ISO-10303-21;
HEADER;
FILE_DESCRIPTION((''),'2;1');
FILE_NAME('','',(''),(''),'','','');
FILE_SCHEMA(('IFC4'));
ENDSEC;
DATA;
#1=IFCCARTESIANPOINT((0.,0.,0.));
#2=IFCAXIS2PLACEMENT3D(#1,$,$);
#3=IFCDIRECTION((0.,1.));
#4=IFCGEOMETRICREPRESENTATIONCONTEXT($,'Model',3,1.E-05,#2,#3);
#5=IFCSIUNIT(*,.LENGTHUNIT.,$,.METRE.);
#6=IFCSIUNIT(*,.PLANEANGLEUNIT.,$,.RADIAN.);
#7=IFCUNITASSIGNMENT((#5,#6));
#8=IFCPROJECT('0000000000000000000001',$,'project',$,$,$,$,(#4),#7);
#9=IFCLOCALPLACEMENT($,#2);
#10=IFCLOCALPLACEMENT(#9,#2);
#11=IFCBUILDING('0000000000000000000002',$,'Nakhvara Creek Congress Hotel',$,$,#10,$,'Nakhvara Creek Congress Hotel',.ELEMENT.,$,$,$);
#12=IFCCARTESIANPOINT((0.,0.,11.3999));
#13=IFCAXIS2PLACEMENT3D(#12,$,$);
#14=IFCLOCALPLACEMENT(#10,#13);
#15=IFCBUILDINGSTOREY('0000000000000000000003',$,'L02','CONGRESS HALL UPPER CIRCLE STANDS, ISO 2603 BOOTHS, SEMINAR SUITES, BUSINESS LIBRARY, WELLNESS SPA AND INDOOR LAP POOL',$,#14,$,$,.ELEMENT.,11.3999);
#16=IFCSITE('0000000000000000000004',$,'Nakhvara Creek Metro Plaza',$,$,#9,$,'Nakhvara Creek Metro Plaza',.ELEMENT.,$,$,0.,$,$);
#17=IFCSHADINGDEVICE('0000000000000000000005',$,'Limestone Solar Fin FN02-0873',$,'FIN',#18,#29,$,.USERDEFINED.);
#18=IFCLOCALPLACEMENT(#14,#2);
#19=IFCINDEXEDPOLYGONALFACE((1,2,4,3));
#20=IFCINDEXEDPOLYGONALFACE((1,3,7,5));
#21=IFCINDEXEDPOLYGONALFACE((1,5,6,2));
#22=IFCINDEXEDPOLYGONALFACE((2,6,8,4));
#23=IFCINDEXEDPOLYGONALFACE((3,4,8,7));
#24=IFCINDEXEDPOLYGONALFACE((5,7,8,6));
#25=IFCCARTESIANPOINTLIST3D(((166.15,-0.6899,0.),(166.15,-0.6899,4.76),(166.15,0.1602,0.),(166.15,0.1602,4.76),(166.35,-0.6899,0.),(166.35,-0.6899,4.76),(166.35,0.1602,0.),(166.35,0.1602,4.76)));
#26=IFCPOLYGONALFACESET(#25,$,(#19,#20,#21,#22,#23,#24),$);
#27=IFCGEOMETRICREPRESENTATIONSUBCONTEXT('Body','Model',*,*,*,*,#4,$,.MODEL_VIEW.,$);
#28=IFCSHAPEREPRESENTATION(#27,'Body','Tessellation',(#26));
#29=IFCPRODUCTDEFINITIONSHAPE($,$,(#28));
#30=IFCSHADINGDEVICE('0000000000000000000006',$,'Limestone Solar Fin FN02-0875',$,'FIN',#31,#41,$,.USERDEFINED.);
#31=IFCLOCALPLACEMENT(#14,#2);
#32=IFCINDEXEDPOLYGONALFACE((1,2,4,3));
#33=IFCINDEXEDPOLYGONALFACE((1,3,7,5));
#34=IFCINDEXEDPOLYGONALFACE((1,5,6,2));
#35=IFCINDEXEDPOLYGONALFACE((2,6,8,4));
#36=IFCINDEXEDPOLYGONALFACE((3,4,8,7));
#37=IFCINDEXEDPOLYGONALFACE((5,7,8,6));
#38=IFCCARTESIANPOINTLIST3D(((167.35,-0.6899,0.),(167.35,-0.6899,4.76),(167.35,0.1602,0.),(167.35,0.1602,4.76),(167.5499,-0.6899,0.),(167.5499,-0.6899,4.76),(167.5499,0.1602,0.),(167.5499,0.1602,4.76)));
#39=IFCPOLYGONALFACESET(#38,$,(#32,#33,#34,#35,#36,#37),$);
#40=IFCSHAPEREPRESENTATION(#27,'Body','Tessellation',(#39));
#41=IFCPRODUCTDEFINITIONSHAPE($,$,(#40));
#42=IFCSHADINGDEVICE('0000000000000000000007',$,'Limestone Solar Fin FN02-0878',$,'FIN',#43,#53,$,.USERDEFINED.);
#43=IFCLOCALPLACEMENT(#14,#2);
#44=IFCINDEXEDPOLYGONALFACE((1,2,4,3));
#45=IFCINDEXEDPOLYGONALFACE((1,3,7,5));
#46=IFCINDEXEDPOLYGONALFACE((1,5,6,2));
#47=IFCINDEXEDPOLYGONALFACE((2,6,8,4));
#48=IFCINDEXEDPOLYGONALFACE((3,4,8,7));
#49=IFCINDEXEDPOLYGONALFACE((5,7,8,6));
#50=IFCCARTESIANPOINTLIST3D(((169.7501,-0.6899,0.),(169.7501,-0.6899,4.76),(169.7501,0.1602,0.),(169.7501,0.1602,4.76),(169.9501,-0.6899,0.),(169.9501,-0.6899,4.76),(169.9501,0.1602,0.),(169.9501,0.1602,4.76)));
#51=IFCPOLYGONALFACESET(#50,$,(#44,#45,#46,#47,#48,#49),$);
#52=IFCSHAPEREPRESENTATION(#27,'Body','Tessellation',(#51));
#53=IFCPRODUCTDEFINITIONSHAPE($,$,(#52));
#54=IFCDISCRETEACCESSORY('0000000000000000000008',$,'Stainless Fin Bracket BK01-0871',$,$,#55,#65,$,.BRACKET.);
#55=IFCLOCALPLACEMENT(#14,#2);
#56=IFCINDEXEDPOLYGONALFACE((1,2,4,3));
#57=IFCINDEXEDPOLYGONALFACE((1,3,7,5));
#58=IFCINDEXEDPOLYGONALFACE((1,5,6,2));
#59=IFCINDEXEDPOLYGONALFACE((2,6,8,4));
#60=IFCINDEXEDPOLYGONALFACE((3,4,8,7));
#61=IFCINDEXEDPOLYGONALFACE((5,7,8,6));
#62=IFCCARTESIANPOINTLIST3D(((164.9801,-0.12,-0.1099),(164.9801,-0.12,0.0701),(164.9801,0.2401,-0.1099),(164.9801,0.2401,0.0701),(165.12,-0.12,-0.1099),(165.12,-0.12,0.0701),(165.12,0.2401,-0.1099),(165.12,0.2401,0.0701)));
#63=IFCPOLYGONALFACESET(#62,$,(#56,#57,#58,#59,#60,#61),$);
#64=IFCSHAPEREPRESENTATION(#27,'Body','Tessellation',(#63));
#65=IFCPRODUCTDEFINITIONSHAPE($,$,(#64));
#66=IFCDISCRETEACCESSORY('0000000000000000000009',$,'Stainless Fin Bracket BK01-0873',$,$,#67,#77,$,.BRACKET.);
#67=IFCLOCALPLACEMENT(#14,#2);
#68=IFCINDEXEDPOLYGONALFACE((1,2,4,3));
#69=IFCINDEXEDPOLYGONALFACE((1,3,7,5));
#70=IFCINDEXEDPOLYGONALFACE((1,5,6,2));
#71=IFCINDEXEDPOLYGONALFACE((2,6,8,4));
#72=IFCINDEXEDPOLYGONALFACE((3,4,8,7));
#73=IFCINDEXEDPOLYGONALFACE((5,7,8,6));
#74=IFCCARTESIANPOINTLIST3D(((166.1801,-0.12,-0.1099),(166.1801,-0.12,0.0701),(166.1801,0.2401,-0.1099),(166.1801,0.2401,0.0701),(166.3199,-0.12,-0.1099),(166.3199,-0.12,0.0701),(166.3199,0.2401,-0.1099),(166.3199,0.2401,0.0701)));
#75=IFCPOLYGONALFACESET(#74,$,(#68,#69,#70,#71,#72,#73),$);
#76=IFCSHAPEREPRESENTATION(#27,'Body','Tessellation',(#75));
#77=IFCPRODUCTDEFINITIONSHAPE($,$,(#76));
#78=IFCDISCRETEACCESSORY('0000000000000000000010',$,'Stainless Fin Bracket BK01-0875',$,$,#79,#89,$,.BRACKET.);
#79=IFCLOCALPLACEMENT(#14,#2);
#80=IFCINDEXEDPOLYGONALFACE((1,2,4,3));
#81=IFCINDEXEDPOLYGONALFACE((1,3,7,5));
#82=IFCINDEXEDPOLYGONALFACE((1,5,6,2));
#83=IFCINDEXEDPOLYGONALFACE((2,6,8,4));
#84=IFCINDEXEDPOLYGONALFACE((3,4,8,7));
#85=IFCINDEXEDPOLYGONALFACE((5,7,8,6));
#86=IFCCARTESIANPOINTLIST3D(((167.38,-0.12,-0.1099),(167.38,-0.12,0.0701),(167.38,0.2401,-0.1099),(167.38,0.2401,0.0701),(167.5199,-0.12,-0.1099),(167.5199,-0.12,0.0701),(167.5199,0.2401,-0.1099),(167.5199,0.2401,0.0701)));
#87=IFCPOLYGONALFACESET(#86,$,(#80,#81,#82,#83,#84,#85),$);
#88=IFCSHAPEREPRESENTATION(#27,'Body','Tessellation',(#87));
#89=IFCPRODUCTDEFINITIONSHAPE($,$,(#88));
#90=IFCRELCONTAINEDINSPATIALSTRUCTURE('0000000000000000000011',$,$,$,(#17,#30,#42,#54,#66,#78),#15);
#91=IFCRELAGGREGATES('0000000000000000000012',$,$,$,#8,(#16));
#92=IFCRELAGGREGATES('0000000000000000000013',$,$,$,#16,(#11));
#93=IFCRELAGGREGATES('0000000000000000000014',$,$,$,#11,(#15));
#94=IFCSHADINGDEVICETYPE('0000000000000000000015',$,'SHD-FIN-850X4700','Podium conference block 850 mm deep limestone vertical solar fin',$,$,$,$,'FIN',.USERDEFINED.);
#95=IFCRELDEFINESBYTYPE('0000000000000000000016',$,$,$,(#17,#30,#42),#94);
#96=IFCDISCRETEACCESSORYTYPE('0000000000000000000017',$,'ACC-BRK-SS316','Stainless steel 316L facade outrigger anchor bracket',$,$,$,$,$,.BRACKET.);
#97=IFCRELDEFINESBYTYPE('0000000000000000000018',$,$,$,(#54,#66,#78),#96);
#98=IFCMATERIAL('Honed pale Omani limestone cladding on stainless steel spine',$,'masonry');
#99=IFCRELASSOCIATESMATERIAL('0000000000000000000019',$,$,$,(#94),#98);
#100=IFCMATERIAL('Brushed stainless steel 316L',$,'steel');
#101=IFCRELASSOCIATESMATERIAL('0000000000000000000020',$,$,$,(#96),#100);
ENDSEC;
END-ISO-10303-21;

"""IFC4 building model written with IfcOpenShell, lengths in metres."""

from ifc_helpers import new_model, si_unit, direction, frame, origin, origin_2d, place, context, subcontext, project, spatial, rectangle, extrude, material, type_object, element, save


model = new_model("IFC4")

# Units and contexts
model_context = context("Model", 3, precision=1e-05, world=origin(), true_north=direction((0.0, 1.0)))
body_context = subcontext(model_context, "Body", "Model", "MODEL_VIEW")
ifc_project = project(units=[si_unit("LENGTHUNIT", "METRE"), si_unit("PLANEANGLEUNIT", "RADIAN")], contexts=[model_context])

# Site, building, storey
site_placement = place(None, origin())
site = spatial("IfcSite", under=ifc_project, at=site_placement, Name="Nakhvara Creek Metro Plaza", LongName="Nakhvara Creek Metro Plaza", CompositionType="ELEMENT", RefElevation=0.0)
building_placement = place(site_placement, origin())
building = spatial("IfcBuilding", under=site, at=building_placement, Name="Nakhvara Creek Congress Hotel", LongName="Nakhvara Creek Congress Hotel", CompositionType="ELEMENT")
storey_placement = place(building_placement, frame((0.0, 0.0, 11.3999)))
storey = spatial("IfcBuildingStorey", under=building, at=storey_placement, Name="L02", Description="CONGRESS HALL UPPER CIRCLE STANDS, ISO 2603 BOOTHS, SEMINAR SUITES, BUSINESS LIBRARY, WELLNESS SPA AND INDOOR LAP POOL", CompositionType="ELEMENT", Elevation=11.3999)

# Shading devices
ifc_material_1 = material(Name="Honed pale Omani limestone cladding on stainless steel spine", Category="masonry")
shading_device_type = type_object("IfcShadingDeviceType", Name="SHD-FIN-850X4700", Description="Podium conference block 850 mm deep limestone vertical solar fin", ElementType="FIN", PredefinedType="USERDEFINED", material=ifc_material_1)
for number, where, z_axis, x_axis, name in (
    (1, (166.25, -0.2649, 0.0), (0.0, 0.0, 1.0), (1.0, 0.0, 0.0), "Limestone Solar Fin FN02-0873"),
    (2, (167.45, -0.2649, 0.0), (0.0, 0.0, 1.0), (1.0, 0.0, 0.0), "Limestone Solar Fin FN02-0875"),
    (3, (169.8501, -0.2649, 0.0), (0.0, 0.0, 1.0), (1.0, 0.0, 0.0), "Limestone Solar Fin FN02-0878"),
):
    element("IfcShadingDevice", number, at=place(storey_placement, frame(where, z_axis=z_axis, x_axis=x_axis)), inside=storey, type_object=shading_device_type, Name=name, ObjectType="FIN", PredefinedType="USERDEFINED", context=body_context, shape_type="SweptSolid", body=[
        extrude(rectangle(XDim=0.2, YDim=0.8501, at=origin_2d()), origin(), (0.0, 0.0, 1.0), 4.76),
    ])

# Discrete accessories
ifc_material_2 = material(Name="Brushed stainless steel 316L", Category="steel")
discrete_accessory_type = type_object("IfcDiscreteAccessoryType", Name="ACC-BRK-SS316", Description="Stainless steel 316L facade outrigger anchor bracket", PredefinedType="BRACKET", material=ifc_material_2)
for number, where, z_axis, x_axis, name in (
    (4, (165.05, 0.0601, -0.1099), (0.0, 0.0, 1.0), (1.0, 0.0, 0.0), "Stainless Fin Bracket BK01-0871"),
    (5, (166.25, 0.0601, -0.1099), (0.0, 0.0, 1.0), (1.0, 0.0, 0.0), "Stainless Fin Bracket BK01-0873"),
    (6, (167.45, 0.0601, -0.1099), (0.0, 0.0, 1.0), (1.0, 0.0, 0.0), "Stainless Fin Bracket BK01-0875"),
):
    element("IfcDiscreteAccessory", number, at=place(storey_placement, frame(where, z_axis=z_axis, x_axis=x_axis)), inside=storey, type_object=discrete_accessory_type, Name=name, PredefinedType="BRACKET", context=body_context, shape_type="SweptSolid", body=[
        extrude(rectangle(XDim=0.1399, YDim=0.3601, at=origin_2d()), origin(), (0.0, 0.0, 1.0), 0.1799),
    ])

save(model, "model.ifc")
